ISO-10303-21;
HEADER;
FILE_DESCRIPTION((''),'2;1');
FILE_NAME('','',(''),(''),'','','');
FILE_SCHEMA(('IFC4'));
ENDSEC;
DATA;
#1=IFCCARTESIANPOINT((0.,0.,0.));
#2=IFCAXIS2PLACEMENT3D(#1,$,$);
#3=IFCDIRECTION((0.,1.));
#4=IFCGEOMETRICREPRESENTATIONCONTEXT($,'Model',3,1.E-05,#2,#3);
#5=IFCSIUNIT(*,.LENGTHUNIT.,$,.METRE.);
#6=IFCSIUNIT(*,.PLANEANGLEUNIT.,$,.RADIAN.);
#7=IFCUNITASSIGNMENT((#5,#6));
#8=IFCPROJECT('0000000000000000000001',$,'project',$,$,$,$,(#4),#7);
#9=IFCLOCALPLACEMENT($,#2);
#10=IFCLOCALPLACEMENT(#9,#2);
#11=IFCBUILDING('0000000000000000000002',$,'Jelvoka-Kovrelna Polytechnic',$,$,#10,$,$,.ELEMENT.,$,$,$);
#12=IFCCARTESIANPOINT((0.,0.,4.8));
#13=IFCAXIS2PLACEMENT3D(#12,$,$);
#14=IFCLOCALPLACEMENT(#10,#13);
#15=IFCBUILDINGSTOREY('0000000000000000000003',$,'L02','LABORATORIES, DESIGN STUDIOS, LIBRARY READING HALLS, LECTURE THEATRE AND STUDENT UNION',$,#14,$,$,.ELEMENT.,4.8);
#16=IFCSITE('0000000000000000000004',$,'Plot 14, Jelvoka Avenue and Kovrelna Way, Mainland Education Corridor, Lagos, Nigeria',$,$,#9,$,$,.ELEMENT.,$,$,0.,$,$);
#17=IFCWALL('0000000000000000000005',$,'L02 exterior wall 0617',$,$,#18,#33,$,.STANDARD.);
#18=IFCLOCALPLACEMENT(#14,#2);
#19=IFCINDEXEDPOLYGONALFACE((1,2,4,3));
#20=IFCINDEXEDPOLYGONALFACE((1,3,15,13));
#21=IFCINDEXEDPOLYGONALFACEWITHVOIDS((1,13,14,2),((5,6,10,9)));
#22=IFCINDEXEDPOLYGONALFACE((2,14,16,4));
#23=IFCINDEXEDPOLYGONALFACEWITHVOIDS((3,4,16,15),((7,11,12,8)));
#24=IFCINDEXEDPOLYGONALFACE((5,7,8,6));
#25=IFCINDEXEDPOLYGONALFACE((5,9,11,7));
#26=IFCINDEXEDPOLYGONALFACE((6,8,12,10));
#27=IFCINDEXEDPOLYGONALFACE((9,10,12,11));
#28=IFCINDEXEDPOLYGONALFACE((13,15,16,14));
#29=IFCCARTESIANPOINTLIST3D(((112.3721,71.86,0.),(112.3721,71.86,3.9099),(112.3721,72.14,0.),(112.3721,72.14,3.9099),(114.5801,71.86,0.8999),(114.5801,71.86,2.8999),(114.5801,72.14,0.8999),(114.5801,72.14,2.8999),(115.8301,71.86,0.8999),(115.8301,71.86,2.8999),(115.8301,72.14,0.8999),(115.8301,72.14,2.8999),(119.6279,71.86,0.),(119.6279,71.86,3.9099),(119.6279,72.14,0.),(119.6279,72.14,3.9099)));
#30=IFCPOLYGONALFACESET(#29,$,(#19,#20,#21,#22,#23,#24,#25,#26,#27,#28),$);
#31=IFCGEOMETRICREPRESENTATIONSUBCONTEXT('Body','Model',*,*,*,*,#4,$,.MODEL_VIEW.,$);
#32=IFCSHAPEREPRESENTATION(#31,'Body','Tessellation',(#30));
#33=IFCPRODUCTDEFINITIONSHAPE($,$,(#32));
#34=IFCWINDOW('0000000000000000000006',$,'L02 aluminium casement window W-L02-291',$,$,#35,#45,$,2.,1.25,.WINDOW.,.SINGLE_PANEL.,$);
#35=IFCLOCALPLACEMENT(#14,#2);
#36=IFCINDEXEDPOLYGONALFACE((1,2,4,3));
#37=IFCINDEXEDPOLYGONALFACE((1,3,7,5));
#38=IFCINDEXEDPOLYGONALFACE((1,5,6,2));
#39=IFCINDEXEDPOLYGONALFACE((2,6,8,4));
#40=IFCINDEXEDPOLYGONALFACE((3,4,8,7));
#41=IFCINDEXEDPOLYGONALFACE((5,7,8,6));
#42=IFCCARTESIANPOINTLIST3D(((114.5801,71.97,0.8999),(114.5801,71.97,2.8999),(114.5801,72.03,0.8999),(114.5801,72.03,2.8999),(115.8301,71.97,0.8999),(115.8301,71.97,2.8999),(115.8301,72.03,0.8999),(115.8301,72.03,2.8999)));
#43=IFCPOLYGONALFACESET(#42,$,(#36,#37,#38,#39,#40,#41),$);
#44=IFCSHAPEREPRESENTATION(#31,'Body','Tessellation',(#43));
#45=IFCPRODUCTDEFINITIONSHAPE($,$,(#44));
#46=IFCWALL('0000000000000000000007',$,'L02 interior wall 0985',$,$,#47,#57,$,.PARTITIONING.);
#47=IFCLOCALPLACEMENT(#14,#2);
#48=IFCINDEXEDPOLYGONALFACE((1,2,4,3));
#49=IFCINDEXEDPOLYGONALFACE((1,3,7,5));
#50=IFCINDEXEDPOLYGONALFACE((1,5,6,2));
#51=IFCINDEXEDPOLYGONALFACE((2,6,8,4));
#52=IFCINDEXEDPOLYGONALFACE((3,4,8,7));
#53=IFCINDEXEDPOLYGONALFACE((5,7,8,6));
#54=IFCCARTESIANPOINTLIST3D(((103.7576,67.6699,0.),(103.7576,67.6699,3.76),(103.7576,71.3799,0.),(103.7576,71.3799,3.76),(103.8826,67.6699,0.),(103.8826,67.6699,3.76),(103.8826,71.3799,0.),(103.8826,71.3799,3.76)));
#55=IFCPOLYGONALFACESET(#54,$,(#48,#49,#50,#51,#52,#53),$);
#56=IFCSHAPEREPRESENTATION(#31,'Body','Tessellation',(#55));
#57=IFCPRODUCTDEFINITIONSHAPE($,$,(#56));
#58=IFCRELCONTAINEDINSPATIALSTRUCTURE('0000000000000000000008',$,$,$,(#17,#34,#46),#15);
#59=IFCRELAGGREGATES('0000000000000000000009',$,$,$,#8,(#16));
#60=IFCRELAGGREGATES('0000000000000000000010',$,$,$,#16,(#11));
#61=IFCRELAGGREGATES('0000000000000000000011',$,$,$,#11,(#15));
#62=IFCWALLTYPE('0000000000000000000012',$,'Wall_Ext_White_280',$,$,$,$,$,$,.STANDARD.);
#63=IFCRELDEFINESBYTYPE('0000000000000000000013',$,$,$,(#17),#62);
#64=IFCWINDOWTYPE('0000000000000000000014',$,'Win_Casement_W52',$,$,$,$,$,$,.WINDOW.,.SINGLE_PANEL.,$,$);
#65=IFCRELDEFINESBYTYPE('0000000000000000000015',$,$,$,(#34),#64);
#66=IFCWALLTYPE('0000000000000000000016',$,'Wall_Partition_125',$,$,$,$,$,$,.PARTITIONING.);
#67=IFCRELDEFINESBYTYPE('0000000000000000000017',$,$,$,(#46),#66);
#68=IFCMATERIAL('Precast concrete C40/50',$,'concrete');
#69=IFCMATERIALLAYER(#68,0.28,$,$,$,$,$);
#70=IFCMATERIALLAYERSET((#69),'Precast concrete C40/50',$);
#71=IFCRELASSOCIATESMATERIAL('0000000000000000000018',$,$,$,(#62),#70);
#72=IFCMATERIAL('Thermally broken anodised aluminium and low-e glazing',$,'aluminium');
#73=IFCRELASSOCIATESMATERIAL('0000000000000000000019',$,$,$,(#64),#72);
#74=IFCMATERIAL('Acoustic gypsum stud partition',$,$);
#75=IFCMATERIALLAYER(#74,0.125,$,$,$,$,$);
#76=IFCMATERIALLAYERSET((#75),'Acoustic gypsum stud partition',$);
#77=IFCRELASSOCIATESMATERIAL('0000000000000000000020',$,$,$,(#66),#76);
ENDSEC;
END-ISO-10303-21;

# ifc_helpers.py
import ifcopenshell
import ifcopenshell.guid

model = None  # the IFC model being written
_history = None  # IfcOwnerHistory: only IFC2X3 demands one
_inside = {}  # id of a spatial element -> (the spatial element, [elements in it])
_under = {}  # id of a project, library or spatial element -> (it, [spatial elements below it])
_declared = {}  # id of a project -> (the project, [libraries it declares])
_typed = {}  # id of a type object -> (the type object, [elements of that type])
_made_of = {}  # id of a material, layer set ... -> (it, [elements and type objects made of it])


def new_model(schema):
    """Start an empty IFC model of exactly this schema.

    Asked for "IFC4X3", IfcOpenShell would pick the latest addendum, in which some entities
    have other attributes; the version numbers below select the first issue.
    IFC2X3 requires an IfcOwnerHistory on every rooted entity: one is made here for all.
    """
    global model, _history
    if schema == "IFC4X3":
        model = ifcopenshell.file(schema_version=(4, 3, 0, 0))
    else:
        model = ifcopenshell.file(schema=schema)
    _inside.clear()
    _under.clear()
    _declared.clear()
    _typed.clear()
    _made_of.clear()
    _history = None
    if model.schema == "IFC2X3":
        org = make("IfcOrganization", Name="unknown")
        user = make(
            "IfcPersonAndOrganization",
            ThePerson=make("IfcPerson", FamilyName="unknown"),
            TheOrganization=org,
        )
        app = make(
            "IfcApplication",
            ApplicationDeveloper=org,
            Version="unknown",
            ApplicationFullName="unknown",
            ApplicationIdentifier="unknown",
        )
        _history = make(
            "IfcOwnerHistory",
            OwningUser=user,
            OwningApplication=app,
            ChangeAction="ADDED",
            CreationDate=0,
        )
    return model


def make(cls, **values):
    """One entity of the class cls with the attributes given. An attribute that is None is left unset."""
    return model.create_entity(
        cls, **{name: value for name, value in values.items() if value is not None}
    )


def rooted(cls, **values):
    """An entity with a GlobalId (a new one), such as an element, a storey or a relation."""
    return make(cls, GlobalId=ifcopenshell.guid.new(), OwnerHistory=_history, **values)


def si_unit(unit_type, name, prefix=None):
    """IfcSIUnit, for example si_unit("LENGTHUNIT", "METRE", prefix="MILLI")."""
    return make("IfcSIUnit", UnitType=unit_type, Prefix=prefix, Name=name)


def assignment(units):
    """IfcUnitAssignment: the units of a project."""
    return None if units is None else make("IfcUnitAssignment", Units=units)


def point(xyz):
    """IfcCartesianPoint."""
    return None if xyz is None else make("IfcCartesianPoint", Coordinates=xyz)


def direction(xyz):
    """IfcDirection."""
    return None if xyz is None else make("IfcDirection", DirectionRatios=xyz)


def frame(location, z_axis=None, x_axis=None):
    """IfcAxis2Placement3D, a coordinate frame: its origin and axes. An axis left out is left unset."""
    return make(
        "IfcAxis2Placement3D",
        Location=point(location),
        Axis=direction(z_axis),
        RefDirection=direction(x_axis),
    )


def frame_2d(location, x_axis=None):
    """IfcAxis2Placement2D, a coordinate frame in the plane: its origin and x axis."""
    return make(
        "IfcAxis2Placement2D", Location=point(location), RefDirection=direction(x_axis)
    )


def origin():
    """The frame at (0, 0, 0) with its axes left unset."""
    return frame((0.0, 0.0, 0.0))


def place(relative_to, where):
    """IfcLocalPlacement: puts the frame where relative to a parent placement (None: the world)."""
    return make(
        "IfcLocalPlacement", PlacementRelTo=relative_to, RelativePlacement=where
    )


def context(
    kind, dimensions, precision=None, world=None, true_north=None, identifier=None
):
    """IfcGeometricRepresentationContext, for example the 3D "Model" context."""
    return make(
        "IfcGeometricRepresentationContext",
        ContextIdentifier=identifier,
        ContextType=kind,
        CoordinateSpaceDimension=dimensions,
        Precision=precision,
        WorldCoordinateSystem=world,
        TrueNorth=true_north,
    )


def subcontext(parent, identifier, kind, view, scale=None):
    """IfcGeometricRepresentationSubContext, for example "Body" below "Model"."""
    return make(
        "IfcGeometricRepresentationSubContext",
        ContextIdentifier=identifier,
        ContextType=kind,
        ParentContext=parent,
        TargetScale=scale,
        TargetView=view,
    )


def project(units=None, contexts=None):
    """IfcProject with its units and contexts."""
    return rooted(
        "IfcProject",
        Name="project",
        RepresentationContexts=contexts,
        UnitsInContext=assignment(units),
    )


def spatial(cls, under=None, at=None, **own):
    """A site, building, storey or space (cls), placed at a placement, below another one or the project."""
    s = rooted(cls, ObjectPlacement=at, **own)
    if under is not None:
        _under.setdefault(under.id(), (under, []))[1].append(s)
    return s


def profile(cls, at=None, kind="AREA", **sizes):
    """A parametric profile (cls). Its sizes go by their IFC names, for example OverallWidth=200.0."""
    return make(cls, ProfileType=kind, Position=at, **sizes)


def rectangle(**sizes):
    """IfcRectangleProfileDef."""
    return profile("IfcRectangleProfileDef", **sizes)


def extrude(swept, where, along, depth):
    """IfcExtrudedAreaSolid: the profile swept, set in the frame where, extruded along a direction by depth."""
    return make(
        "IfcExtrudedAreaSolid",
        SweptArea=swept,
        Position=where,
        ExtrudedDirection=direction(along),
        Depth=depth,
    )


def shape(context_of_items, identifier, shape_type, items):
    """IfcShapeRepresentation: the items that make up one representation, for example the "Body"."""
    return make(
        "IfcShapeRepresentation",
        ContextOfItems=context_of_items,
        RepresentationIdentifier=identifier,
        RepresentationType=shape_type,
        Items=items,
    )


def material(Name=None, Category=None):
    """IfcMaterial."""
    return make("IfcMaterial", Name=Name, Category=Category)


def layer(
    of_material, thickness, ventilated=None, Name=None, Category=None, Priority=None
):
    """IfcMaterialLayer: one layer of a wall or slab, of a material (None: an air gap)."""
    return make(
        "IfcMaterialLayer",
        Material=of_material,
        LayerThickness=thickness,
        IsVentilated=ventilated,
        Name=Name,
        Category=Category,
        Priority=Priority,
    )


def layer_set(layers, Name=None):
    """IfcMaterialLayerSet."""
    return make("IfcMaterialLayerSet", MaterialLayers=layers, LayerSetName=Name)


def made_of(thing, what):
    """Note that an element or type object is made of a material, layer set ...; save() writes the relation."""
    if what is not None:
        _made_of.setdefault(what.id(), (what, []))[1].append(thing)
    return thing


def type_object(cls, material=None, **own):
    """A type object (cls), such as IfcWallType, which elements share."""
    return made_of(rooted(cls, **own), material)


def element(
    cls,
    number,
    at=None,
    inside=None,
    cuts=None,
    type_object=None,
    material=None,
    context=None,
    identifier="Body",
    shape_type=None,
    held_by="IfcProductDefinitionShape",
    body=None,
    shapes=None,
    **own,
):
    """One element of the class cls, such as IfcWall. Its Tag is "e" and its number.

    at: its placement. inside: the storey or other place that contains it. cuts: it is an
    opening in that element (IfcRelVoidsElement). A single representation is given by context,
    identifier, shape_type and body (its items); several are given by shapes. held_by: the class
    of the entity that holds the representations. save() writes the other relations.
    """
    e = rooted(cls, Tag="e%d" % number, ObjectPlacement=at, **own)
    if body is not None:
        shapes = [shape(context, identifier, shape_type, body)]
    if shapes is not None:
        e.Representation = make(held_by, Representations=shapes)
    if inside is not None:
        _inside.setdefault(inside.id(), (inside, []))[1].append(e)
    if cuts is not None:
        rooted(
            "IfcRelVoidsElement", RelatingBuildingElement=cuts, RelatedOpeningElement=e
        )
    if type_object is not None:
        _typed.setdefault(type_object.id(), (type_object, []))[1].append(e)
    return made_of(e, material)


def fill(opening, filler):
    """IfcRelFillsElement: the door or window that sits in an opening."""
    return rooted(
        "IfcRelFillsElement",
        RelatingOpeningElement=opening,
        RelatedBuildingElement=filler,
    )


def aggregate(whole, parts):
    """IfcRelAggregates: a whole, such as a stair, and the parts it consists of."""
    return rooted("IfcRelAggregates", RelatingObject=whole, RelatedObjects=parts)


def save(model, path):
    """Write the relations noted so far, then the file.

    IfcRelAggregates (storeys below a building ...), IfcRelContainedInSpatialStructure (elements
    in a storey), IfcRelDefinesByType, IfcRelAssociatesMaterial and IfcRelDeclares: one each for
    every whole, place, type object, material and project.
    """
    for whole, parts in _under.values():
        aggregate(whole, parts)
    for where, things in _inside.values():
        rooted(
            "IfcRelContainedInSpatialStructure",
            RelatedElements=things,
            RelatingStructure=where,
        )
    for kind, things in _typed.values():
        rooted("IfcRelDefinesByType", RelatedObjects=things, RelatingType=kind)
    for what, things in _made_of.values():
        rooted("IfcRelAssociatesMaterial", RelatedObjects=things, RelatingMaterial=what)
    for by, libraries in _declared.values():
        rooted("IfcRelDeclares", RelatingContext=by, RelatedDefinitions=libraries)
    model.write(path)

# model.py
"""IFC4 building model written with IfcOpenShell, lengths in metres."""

from ifc_helpers import new_model, si_unit, direction, frame, frame_2d, origin, place, context, subcontext, project, spatial, rectangle, extrude, material, layer, layer_set, type_object, element, fill, save


model = new_model("IFC4")

# Units and contexts
model_context = context("Model", 3, precision=1e-05, world=origin(), true_north=direction((0.0, 1.0)))
body_context = subcontext(model_context, "Body", "Model", "MODEL_VIEW")
ifc_project = project(units=[si_unit("LENGTHUNIT", "METRE"), si_unit("PLANEANGLEUNIT", "RADIAN")], contexts=[model_context])

# Site, building, storey
site_placement = place(None, origin())
site = spatial("IfcSite", under=ifc_project, at=site_placement, Name="Plot 14, Jelvoka Avenue and Kovrelna Way, Mainland Education Corridor, Lagos, Nigeria", CompositionType="ELEMENT", RefElevation=0.0)
building_placement = place(site_placement, origin())
building = spatial("IfcBuilding", under=site, at=building_placement, Name="Jelvoka-Kovrelna Polytechnic", CompositionType="ELEMENT")
storey_placement = place(building_placement, frame((0.0, 0.0, 4.8)))
storey = spatial("IfcBuildingStorey", under=building, at=storey_placement, Name="L02", Description="LABORATORIES, DESIGN STUDIOS, LIBRARY READING HALLS, LECTURE THEATRE AND STUDENT UNION", CompositionType="ELEMENT", Elevation=4.8)

# Wall, opening, window
ifc_material_1 = material(Name="Precast concrete C40/50", Category="concrete")
ifc_layer_1 = layer(ifc_material_1, 0.28)
ifc_layer_set_1 = layer_set([ifc_layer_1], Name="Precast concrete C40/50")
wall_type_1 = type_object("IfcWallType", Name="Wall_Ext_White_280", PredefinedType="STANDARD", material=ifc_layer_set_1)
wall_1_placement = place(storey_placement, frame((112.3721, 72.0, 0.0), z_axis=(0.0, 0.0, 1.0), x_axis=(1.0, 0.0, 0.0)))
wall_1 = element("IfcWall", 1, at=wall_1_placement, inside=storey, type_object=wall_type_1, Name="L02 exterior wall 0617", PredefinedType="STANDARD", context=body_context, shape_type="SweptSolid", body=[
    extrude(rectangle(XDim=7.2559, YDim=0.28, at=frame_2d((3.6279, 0.0))), origin(), (0.0, 0.0, 1.0), 3.9099),
])
opening_1_placement = place(wall_1_placement, frame((2.208, 0.0, 0.8999)))
opening_1 = element("IfcOpeningElement", 2, at=opening_1_placement, cuts=wall_1, PredefinedType="OPENING", context=body_context, shape_type="SweptSolid", body=[
    extrude(rectangle(XDim=1.25, YDim=2.0, at=frame_2d((0.625, 1.0))), frame((0.0, 0.1501, 0.0), z_axis=(0.0, -1.0, 0.0), x_axis=(1.0, 0.0, 0.0)), (0.0, 0.0, 1.0), 0.3),
])
ifc_material_2 = material(Name="Thermally broken anodised aluminium and low-e glazing", Category="aluminium")
window_type_1 = type_object("IfcWindowType", Name="Win_Casement_W52", PartitioningType="SINGLE_PANEL", PredefinedType="WINDOW", material=ifc_material_2)
window_1_placement = place(opening_1_placement, origin())
window_1 = element("IfcWindow", 3, at=window_1_placement, inside=storey, type_object=window_type_1, Name="L02 aluminium casement window W-L02-291", OverallHeight=2.0, OverallWidth=1.25, PartitioningType="SINGLE_PANEL", PredefinedType="WINDOW", context=body_context, shape_type="SweptSolid", body=[
    extrude(rectangle(XDim=1.25, YDim=2.0, at=frame_2d((0.625, 1.0))), frame((0.0, 0.03, 0.0), z_axis=(0.0, -1.0, 0.0), x_axis=(1.0, 0.0, 0.0)), (0.0, 0.0, 1.0), 0.0601),
])
fill(opening_1, window_1)

# Wall
ifc_material_3 = material(Name="Acoustic gypsum stud partition")
ifc_layer_2 = layer(ifc_material_3, 0.125)
ifc_layer_set_2 = layer_set([ifc_layer_2], Name="Acoustic gypsum stud partition")
wall_type_2 = type_object("IfcWallType", Name="Wall_Partition_125", PredefinedType="PARTITIONING", material=ifc_layer_set_2)
wall_2_placement = place(storey_placement, frame((103.8201, 67.6699, 0.0), z_axis=(0.0, 0.0, 1.0), x_axis=(0.0, 1.0, 0.0)))
element("IfcWall", 4, at=wall_2_placement, inside=storey, type_object=wall_type_2, Name="L02 interior wall 0985", PredefinedType="PARTITIONING", context=body_context, shape_type="SweptSolid", body=[
    extrude(rectangle(XDim=3.71, YDim=0.125, at=frame_2d((1.855, 0.0))), origin(), (0.0, 0.0, 1.0), 3.76),
])

save(model, "model.ifc")
